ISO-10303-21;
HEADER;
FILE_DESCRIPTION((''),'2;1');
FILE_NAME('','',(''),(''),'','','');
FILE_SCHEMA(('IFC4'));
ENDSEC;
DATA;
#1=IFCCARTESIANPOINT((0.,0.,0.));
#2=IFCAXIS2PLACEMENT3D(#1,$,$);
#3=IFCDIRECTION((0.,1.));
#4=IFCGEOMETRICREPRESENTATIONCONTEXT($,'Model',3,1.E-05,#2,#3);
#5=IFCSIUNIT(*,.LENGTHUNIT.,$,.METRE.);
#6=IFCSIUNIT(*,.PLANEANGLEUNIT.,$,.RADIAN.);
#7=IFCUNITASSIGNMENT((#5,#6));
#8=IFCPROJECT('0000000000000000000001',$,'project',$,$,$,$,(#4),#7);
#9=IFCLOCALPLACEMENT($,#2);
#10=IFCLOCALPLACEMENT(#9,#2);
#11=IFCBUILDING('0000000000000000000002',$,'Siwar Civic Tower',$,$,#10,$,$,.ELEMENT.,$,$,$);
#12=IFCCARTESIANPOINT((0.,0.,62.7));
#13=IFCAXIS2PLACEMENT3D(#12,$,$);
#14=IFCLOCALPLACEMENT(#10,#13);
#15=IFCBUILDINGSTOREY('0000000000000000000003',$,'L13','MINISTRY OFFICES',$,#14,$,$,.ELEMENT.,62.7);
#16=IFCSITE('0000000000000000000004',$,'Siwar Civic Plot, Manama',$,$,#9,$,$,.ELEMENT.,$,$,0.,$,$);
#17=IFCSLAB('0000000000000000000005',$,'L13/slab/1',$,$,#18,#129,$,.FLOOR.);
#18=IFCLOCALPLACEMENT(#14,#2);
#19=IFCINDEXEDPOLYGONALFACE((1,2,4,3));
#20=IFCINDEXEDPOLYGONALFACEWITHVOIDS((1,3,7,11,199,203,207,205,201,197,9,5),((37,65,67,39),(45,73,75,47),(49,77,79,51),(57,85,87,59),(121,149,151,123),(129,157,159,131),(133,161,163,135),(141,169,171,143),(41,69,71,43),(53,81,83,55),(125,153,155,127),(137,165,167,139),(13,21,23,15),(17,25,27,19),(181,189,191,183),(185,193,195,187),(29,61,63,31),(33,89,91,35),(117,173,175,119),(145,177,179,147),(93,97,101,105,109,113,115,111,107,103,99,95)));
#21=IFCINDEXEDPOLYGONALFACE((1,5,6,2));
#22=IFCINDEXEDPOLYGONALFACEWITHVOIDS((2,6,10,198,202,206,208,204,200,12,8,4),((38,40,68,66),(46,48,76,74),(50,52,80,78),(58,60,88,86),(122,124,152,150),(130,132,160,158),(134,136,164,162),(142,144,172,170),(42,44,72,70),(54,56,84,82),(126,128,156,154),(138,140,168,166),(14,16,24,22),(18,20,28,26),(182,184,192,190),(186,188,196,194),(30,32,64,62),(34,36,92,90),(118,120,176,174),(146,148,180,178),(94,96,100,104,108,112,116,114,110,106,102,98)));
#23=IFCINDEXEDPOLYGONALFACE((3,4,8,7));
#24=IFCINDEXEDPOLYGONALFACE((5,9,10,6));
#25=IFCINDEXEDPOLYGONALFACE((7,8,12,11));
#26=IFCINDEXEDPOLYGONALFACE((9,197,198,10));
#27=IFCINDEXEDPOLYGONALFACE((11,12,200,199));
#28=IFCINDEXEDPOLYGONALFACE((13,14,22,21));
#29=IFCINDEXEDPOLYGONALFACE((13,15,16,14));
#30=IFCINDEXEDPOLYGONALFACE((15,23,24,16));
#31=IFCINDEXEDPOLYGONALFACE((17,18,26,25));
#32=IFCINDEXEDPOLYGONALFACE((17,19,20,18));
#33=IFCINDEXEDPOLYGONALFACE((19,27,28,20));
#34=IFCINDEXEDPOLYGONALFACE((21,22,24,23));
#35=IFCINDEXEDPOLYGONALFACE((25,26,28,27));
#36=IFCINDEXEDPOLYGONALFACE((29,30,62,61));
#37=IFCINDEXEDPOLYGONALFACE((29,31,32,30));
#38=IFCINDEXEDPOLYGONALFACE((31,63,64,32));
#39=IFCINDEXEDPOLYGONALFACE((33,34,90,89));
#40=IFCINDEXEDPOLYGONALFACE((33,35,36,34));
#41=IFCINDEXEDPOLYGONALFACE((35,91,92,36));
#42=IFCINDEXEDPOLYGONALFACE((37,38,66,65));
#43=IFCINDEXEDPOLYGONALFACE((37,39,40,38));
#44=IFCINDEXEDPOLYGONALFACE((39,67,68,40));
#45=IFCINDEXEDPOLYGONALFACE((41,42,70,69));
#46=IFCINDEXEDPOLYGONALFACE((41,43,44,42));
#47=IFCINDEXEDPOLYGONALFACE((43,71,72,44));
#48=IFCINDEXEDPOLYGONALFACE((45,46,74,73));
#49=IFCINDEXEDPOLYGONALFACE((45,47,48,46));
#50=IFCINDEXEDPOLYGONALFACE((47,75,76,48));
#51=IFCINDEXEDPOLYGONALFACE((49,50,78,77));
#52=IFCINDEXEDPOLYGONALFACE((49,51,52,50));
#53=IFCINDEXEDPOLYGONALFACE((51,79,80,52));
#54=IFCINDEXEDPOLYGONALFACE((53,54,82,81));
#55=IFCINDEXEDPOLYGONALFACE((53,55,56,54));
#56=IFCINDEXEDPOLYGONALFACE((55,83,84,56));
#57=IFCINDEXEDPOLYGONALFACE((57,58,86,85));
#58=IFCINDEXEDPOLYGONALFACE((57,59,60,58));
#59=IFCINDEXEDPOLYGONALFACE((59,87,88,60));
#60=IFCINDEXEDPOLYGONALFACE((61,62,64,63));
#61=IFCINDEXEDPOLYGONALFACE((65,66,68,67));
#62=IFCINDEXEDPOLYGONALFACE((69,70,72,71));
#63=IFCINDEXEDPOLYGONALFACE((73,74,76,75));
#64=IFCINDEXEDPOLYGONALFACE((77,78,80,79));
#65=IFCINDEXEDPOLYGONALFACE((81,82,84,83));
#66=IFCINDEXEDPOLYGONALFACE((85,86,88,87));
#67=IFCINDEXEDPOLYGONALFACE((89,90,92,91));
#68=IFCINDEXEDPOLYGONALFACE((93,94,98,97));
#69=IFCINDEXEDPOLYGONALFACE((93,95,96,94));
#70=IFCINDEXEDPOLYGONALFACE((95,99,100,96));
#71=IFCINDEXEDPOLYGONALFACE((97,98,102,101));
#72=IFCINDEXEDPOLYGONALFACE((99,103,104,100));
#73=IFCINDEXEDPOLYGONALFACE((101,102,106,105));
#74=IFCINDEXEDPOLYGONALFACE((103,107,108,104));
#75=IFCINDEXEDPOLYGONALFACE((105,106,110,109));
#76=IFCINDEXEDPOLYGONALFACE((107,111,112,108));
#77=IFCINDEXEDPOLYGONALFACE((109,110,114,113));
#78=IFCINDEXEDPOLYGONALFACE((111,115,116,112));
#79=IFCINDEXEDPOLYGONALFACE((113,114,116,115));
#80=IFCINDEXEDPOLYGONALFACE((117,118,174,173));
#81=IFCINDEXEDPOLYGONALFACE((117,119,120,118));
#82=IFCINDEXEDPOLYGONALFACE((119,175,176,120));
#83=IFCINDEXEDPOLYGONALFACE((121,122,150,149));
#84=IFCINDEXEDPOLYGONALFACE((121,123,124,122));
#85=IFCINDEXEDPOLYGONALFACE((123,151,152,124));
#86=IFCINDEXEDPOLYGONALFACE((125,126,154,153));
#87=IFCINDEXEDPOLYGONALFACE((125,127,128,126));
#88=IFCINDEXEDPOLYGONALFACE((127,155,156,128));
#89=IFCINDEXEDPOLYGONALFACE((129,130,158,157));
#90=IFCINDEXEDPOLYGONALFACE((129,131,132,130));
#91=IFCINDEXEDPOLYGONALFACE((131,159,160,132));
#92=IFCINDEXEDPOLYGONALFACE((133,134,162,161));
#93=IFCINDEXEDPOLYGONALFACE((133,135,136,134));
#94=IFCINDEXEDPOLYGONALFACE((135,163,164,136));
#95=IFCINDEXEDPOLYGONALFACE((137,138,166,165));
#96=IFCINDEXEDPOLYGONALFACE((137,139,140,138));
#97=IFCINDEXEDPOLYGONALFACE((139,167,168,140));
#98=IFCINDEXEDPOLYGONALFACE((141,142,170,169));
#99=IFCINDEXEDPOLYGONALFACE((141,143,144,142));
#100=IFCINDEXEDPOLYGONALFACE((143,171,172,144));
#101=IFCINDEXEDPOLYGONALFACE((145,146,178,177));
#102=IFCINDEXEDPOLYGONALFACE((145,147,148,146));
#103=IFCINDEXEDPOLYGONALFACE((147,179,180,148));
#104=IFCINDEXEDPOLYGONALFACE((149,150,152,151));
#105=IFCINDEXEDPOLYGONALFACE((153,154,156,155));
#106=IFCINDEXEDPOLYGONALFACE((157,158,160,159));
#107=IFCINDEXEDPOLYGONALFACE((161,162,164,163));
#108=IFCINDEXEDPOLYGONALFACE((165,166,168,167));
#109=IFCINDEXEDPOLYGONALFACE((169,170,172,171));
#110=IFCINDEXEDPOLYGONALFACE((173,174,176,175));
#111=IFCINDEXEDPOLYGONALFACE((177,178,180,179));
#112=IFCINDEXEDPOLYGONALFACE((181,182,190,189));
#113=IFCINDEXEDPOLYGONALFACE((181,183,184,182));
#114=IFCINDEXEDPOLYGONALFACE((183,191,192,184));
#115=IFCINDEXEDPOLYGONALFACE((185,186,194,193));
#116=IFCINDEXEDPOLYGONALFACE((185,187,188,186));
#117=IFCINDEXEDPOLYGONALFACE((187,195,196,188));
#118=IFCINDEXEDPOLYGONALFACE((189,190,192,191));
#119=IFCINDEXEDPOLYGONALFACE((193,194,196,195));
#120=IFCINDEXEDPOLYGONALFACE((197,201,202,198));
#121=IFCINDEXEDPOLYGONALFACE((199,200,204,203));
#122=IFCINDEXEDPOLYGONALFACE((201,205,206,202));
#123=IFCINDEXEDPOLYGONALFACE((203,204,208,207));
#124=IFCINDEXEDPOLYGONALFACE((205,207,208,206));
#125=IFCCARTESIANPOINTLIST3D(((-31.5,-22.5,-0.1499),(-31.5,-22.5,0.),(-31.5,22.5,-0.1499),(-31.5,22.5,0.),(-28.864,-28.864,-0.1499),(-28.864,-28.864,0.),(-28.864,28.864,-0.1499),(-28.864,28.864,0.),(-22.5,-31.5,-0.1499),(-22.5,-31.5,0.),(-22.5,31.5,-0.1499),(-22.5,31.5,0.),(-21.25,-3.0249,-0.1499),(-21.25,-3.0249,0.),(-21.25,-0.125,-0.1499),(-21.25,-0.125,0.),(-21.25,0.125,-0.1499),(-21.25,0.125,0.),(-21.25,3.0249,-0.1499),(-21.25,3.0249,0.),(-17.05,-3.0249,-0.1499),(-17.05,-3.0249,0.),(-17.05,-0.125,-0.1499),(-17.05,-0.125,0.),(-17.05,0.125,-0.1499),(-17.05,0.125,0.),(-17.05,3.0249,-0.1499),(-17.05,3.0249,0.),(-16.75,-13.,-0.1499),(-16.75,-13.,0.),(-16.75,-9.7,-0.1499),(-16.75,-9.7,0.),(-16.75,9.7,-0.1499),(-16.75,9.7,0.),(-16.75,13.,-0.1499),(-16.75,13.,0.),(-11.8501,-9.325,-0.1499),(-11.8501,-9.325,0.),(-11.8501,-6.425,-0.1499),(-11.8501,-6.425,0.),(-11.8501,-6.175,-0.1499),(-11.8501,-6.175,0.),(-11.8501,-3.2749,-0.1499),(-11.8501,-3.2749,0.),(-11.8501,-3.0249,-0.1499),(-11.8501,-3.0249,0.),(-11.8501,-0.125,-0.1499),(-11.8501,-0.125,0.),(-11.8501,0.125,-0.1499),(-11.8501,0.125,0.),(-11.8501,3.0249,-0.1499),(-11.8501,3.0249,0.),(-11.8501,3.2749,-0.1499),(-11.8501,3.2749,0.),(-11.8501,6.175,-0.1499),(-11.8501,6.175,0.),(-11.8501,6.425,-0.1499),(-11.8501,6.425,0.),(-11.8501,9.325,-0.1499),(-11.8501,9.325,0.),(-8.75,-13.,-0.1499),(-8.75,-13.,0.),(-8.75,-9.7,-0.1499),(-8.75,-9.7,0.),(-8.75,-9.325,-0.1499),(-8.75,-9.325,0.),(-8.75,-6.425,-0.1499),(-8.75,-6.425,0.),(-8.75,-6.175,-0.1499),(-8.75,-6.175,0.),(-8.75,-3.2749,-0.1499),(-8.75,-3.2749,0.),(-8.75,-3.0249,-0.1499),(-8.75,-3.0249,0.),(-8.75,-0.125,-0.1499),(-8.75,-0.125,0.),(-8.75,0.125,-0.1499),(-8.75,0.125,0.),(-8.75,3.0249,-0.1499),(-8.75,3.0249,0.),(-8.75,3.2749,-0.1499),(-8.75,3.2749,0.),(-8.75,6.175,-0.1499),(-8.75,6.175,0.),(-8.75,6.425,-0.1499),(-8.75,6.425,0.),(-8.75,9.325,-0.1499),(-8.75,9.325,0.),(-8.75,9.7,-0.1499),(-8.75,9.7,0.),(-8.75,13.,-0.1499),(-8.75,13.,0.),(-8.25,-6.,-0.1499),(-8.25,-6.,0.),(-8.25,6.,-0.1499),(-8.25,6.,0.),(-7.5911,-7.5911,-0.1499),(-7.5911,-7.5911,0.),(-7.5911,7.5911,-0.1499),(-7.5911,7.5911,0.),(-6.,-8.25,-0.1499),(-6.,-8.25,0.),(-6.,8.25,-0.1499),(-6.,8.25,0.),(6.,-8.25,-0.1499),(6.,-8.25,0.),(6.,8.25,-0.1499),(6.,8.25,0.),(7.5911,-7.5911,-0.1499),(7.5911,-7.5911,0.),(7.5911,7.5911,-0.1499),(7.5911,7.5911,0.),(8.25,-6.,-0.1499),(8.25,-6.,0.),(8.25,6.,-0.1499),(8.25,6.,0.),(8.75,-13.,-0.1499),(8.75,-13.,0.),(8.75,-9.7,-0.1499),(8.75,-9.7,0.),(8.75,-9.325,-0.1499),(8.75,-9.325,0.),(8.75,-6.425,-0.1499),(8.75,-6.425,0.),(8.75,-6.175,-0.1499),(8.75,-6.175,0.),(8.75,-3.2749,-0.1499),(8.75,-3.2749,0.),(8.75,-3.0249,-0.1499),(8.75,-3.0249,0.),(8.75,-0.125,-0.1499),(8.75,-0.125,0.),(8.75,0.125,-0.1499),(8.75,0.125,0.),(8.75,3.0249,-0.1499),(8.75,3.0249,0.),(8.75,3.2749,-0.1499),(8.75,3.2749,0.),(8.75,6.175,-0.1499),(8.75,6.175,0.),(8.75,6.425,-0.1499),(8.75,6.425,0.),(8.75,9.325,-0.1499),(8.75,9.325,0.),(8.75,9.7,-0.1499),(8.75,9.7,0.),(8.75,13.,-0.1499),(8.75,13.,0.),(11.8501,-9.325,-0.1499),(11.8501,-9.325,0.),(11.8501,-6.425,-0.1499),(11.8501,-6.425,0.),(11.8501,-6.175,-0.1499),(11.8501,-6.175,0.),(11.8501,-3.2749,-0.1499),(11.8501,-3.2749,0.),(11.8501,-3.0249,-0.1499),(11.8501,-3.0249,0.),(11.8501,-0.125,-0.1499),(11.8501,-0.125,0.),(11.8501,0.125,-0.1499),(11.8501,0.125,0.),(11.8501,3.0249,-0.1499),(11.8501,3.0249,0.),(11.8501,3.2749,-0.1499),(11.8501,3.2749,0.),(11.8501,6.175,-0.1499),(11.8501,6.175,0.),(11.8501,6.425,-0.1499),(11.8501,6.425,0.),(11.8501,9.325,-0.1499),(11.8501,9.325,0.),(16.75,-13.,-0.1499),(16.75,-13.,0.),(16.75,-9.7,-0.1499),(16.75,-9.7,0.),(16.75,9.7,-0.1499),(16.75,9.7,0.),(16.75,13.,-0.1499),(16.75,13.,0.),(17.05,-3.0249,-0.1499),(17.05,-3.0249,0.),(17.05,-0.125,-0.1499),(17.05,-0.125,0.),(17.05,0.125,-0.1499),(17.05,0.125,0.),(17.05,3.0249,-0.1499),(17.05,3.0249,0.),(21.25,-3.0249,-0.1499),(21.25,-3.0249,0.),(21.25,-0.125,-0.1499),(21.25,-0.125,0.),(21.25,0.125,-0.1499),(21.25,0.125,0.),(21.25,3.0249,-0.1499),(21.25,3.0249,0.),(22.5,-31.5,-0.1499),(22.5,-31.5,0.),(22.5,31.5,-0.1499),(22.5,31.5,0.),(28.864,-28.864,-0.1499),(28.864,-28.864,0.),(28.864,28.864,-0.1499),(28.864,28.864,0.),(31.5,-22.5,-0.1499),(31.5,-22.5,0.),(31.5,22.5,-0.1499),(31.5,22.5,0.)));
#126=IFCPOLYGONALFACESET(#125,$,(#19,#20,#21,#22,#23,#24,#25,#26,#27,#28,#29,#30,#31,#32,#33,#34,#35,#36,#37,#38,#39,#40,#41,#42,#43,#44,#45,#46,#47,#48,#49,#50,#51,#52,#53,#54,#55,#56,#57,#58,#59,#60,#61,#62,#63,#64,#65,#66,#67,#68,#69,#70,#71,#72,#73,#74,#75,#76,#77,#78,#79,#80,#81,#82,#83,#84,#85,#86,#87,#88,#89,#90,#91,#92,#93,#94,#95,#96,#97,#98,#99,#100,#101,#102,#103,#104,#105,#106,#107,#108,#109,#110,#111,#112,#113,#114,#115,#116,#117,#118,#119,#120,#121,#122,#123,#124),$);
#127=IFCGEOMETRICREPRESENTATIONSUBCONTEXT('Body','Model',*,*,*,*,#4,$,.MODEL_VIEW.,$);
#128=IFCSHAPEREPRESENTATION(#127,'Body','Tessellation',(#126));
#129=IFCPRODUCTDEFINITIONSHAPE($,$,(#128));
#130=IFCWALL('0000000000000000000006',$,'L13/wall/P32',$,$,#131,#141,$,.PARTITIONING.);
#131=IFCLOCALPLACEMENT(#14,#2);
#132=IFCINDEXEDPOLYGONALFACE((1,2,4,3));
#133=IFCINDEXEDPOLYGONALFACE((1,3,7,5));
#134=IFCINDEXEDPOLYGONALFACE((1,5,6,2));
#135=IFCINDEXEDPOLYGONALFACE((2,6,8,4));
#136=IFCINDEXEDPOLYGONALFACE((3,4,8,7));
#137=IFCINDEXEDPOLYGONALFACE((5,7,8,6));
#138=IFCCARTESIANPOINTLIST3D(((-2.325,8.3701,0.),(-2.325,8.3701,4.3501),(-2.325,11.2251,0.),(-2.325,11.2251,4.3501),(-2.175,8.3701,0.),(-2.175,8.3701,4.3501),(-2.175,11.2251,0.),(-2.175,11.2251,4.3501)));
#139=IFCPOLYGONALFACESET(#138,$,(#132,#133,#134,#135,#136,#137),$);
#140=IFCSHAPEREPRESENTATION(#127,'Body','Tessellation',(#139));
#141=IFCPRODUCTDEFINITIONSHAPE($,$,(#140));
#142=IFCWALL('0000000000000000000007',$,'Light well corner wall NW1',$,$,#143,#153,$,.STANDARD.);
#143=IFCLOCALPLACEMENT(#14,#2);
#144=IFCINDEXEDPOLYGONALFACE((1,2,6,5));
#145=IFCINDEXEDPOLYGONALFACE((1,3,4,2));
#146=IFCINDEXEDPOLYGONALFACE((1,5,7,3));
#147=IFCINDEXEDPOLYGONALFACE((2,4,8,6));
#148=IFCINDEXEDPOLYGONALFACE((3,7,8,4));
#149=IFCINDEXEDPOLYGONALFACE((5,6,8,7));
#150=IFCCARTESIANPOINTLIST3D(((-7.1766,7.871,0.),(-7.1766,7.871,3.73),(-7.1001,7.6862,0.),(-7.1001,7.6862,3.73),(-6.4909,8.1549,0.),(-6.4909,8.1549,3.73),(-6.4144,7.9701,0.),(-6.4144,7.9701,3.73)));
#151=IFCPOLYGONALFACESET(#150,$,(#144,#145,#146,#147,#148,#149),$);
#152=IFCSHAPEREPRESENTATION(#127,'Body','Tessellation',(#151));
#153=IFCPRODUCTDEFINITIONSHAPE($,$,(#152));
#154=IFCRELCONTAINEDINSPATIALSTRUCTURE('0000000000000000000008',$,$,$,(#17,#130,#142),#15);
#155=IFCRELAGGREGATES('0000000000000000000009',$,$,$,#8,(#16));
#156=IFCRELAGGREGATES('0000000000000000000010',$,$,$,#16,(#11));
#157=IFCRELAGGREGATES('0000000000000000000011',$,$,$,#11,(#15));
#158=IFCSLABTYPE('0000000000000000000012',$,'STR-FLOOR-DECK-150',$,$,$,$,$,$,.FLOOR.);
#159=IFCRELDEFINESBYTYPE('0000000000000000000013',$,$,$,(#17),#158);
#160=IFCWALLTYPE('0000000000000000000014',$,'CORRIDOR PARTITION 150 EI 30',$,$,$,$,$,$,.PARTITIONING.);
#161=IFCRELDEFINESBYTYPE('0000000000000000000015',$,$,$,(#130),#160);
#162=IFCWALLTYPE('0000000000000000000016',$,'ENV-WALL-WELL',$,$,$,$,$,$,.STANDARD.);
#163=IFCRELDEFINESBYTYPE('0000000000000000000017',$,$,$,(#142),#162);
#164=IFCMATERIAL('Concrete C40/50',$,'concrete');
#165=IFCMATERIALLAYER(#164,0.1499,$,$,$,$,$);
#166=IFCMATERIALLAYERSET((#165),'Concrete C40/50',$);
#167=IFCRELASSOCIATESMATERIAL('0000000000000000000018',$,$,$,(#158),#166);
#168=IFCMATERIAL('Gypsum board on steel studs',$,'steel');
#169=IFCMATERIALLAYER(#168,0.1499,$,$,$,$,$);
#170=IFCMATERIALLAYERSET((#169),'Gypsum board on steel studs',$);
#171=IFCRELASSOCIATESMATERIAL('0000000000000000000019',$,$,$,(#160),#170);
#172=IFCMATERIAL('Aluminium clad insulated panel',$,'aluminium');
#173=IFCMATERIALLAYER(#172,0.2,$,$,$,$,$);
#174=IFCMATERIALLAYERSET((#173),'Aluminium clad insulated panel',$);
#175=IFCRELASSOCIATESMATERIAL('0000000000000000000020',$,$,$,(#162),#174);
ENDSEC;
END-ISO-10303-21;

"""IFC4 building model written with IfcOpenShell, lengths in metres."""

from ifc_helpers import new_model, si_unit, direction, frame, frame_2d, origin, place, context, subcontext, project, spatial, polyline, rectangle, outline, extrude, material, layer, layer_set, type_object, element, save


model = new_model("IFC4")

# Units and contexts
model_context = context("Model", 3, precision=1e-05, world=origin(), true_north=direction((0.0, 1.0)))
body_context = subcontext(model_context, "Body", "Model", "MODEL_VIEW")
ifc_project = project(units=[si_unit("LENGTHUNIT", "METRE"), si_unit("PLANEANGLEUNIT", "RADIAN")], contexts=[model_context])

# Site, building, storey
site_placement = place(None, origin())
site = spatial("IfcSite", under=ifc_project, at=site_placement, Name="Siwar Civic Plot, Manama", CompositionType="ELEMENT", RefElevation=0.0)
building_placement = place(site_placement, origin())
building = spatial("IfcBuilding", under=site, at=building_placement, Name="Siwar Civic Tower", CompositionType="ELEMENT")
storey_placement = place(building_placement, frame((0.0, 0.0, 62.7)))
storey = spatial("IfcBuildingStorey", under=building, at=storey_placement, Name="L13", Description="MINISTRY OFFICES", CompositionType="ELEMENT", Elevation=62.7)

# Slab
ifc_material_1 = material(Name="Concrete C40/50", Category="concrete")
ifc_layer_1 = layer(ifc_material_1, 0.1499)
ifc_layer_set_1 = layer_set([ifc_layer_1], Name="Concrete C40/50")
slab_type_1 = type_object("IfcSlabType", Name="STR-FLOOR-DECK-150", PredefinedType="FLOOR", material=ifc_layer_set_1)
slab_1_placement = place(storey_placement, frame((0.0, 0.0, -0.1499)))
element("IfcSlab", 1, at=slab_1_placement, inside=storey, type_object=slab_type_1, Name="L13/slab/1", PredefinedType="FLOOR", context=body_context, shape_type="SweptSolid", body=[
    extrude(outline(polyline([(-22.5, -31.5), (22.5, -31.5), (28.864, -28.864), (31.5, -22.5), (31.5, 22.5), (28.864, 28.864), (22.5, 31.5), (-22.5, 31.5), (-28.864, 28.864), (-31.5, 22.5), (-31.5, -22.5), (-28.864, -28.864), (-22.5, -31.5)]), holes=[polyline([(21.25, 3.0249), (21.25, 0.125), (17.05, 0.125), (17.05, 3.0249), (21.25, 3.0249)]), polyline([(17.05, -0.125), (21.25, -0.125), (21.25, -3.0249), (17.05, -3.0249), (17.05, -0.125)]), polyline([(16.75, 13.0), (16.75, 9.7), (8.75, 9.7), (8.75, 13.0), (16.75, 13.0)]), polyline([(8.75, -9.7), (16.75, -9.7), (16.75, -13.0), (8.75, -13.0), (8.75, -9.7)]), polyline([(11.8501, 9.325), (11.8501, 6.425), (8.75, 6.425), (8.75, 9.325), (11.8501, 9.325)]), polyline([(11.8501, 3.0249), (11.8501, 0.125), (8.75, 0.125), (8.75, 3.0249), (11.8501, 3.0249)]), polyline([(11.8501, -0.125), (11.8501, -3.0249), (8.75, -3.0249), (8.75, -0.125), (11.8501, -0.125)]), polyline([(11.8501, -3.2749), (11.8501, -6.175), (8.75, -6.175), (8.75, -3.2749), (11.8501, -3.2749)]), polyline([(8.75, 6.175), (11.8501, 6.175), (11.8501, 3.2749), (8.75, 3.2749), (8.75, 6.175)]), polyline([(8.75, -6.425), (11.8501, -6.425), (11.8501, -9.325), (8.75, -9.325), (8.75, -6.425)]), polyline([(-6.0, 8.25), (6.0, 8.25), (7.5911, 7.5911), (8.25, 6.0), (8.25, -6.0), (7.5911, -7.5911), (6.0, -8.25), (-6.0, -8.25), (-7.5911, -7.5911), (-8.25, -6.0), (-8.25, 6.0), (-7.5911, 7.5911), (-6.0, 8.25)]), polyline([(-8.75, 9.7), (-16.75, 9.7), (-16.75, 13.0), (-8.75, 13.0), (-8.75, 9.7)]), polyline([(-8.75, 0.125), (-11.8501, 0.125), (-11.8501, 3.0249), (-8.75, 3.0249), (-8.75, 0.125)]), polyline([(-8.75, -6.175), (-11.8501, -6.175), (-11.8501, -3.2749), (-8.75, -3.2749), (-8.75, -6.175)]), polyline([(-8.75, -9.325), (-11.8501, -9.325), (-11.8501, -6.425), (-8.75, -6.425), (-8.75, -9.325)]), polyline([(-8.75, -13.0), (-16.75, -13.0), (-16.75, -9.7), (-8.75, -9.7), (-8.75, -13.0)]), polyline([(-11.8501, 6.425), (-11.8501, 9.325), (-8.75, 9.325), (-8.75, 6.425), (-11.8501, 6.425)]), polyline([(-11.8501, 3.2749), (-11.8501, 6.175), (-8.75, 6.175), (-8.75, 3.2749), (-11.8501, 3.2749)]), polyline([(-11.8501, -3.0249), (-11.8501, -0.125), (-8.75, -0.125), (-8.75, -3.0249), (-11.8501, -3.0249)]), polyline([(-21.25, -3.0249), (-21.25, -0.125), (-17.05, -0.125), (-17.05, -3.0249), (-21.25, -3.0249)]), polyline([(-17.05, 0.125), (-21.25, 0.125), (-21.25, 3.0249), (-17.05, 3.0249), (-17.05, 0.125)])]), origin(), (0.0, 0.0, 1.0), 0.1499),
])

# Walls
ifc_material_2 = material(Name="Gypsum board on steel studs", Category="steel")
ifc_layer_2 = layer(ifc_material_2, 0.1499)
ifc_layer_set_2 = layer_set([ifc_layer_2], Name="Gypsum board on steel studs")
wall_type_1 = type_object("IfcWallType", Name="CORRIDOR PARTITION 150 EI 30", PredefinedType="PARTITIONING", material=ifc_layer_set_2)
wall_1_placement = place(storey_placement, frame((-2.25, 8.3701, 0.0), z_axis=(0.0, 0.0, 1.0), x_axis=(0.0, 1.0, 0.0)))
element("IfcWall", 2, at=wall_1_placement, inside=storey, type_object=wall_type_1, Name="L13/wall/P32", PredefinedType="PARTITIONING", context=body_context, shape_type="SweptSolid", body=[
    extrude(rectangle(XDim=2.855, YDim=0.1499, at=frame_2d((1.4275, 0.0))), origin(), (0.0, 0.0, 1.0), 4.3501),
])
ifc_material_3 = material(Name="Aluminium clad insulated panel", Category="aluminium")
ifc_layer_3 = layer(ifc_material_3, 0.2)
ifc_layer_set_3 = layer_set([ifc_layer_3], Name="Aluminium clad insulated panel")
wall_type_2 = type_object("IfcWallType", Name="ENV-WALL-WELL", PredefinedType="STANDARD", material=ifc_layer_set_3)
wall_2_placement = place(storey_placement, frame((-6.4526, 8.0625, 0.0), z_axis=(0.0, 0.0, 1.0), x_axis=(-0.923941, -0.382536, 0.0)))
element("IfcWall", 3, at=wall_2_placement, inside=storey, type_object=wall_type_2, Name="Light well corner wall NW1", PredefinedType="STANDARD", context=body_context, shape_type="SweptSolid", body=[
    extrude(rectangle(XDim=0.7422, YDim=0.2, at=frame_2d((0.3711, 0.0))), origin(), (0.0, 0.0, 1.0), 3.73),
])

save(model, "model.ifc")
